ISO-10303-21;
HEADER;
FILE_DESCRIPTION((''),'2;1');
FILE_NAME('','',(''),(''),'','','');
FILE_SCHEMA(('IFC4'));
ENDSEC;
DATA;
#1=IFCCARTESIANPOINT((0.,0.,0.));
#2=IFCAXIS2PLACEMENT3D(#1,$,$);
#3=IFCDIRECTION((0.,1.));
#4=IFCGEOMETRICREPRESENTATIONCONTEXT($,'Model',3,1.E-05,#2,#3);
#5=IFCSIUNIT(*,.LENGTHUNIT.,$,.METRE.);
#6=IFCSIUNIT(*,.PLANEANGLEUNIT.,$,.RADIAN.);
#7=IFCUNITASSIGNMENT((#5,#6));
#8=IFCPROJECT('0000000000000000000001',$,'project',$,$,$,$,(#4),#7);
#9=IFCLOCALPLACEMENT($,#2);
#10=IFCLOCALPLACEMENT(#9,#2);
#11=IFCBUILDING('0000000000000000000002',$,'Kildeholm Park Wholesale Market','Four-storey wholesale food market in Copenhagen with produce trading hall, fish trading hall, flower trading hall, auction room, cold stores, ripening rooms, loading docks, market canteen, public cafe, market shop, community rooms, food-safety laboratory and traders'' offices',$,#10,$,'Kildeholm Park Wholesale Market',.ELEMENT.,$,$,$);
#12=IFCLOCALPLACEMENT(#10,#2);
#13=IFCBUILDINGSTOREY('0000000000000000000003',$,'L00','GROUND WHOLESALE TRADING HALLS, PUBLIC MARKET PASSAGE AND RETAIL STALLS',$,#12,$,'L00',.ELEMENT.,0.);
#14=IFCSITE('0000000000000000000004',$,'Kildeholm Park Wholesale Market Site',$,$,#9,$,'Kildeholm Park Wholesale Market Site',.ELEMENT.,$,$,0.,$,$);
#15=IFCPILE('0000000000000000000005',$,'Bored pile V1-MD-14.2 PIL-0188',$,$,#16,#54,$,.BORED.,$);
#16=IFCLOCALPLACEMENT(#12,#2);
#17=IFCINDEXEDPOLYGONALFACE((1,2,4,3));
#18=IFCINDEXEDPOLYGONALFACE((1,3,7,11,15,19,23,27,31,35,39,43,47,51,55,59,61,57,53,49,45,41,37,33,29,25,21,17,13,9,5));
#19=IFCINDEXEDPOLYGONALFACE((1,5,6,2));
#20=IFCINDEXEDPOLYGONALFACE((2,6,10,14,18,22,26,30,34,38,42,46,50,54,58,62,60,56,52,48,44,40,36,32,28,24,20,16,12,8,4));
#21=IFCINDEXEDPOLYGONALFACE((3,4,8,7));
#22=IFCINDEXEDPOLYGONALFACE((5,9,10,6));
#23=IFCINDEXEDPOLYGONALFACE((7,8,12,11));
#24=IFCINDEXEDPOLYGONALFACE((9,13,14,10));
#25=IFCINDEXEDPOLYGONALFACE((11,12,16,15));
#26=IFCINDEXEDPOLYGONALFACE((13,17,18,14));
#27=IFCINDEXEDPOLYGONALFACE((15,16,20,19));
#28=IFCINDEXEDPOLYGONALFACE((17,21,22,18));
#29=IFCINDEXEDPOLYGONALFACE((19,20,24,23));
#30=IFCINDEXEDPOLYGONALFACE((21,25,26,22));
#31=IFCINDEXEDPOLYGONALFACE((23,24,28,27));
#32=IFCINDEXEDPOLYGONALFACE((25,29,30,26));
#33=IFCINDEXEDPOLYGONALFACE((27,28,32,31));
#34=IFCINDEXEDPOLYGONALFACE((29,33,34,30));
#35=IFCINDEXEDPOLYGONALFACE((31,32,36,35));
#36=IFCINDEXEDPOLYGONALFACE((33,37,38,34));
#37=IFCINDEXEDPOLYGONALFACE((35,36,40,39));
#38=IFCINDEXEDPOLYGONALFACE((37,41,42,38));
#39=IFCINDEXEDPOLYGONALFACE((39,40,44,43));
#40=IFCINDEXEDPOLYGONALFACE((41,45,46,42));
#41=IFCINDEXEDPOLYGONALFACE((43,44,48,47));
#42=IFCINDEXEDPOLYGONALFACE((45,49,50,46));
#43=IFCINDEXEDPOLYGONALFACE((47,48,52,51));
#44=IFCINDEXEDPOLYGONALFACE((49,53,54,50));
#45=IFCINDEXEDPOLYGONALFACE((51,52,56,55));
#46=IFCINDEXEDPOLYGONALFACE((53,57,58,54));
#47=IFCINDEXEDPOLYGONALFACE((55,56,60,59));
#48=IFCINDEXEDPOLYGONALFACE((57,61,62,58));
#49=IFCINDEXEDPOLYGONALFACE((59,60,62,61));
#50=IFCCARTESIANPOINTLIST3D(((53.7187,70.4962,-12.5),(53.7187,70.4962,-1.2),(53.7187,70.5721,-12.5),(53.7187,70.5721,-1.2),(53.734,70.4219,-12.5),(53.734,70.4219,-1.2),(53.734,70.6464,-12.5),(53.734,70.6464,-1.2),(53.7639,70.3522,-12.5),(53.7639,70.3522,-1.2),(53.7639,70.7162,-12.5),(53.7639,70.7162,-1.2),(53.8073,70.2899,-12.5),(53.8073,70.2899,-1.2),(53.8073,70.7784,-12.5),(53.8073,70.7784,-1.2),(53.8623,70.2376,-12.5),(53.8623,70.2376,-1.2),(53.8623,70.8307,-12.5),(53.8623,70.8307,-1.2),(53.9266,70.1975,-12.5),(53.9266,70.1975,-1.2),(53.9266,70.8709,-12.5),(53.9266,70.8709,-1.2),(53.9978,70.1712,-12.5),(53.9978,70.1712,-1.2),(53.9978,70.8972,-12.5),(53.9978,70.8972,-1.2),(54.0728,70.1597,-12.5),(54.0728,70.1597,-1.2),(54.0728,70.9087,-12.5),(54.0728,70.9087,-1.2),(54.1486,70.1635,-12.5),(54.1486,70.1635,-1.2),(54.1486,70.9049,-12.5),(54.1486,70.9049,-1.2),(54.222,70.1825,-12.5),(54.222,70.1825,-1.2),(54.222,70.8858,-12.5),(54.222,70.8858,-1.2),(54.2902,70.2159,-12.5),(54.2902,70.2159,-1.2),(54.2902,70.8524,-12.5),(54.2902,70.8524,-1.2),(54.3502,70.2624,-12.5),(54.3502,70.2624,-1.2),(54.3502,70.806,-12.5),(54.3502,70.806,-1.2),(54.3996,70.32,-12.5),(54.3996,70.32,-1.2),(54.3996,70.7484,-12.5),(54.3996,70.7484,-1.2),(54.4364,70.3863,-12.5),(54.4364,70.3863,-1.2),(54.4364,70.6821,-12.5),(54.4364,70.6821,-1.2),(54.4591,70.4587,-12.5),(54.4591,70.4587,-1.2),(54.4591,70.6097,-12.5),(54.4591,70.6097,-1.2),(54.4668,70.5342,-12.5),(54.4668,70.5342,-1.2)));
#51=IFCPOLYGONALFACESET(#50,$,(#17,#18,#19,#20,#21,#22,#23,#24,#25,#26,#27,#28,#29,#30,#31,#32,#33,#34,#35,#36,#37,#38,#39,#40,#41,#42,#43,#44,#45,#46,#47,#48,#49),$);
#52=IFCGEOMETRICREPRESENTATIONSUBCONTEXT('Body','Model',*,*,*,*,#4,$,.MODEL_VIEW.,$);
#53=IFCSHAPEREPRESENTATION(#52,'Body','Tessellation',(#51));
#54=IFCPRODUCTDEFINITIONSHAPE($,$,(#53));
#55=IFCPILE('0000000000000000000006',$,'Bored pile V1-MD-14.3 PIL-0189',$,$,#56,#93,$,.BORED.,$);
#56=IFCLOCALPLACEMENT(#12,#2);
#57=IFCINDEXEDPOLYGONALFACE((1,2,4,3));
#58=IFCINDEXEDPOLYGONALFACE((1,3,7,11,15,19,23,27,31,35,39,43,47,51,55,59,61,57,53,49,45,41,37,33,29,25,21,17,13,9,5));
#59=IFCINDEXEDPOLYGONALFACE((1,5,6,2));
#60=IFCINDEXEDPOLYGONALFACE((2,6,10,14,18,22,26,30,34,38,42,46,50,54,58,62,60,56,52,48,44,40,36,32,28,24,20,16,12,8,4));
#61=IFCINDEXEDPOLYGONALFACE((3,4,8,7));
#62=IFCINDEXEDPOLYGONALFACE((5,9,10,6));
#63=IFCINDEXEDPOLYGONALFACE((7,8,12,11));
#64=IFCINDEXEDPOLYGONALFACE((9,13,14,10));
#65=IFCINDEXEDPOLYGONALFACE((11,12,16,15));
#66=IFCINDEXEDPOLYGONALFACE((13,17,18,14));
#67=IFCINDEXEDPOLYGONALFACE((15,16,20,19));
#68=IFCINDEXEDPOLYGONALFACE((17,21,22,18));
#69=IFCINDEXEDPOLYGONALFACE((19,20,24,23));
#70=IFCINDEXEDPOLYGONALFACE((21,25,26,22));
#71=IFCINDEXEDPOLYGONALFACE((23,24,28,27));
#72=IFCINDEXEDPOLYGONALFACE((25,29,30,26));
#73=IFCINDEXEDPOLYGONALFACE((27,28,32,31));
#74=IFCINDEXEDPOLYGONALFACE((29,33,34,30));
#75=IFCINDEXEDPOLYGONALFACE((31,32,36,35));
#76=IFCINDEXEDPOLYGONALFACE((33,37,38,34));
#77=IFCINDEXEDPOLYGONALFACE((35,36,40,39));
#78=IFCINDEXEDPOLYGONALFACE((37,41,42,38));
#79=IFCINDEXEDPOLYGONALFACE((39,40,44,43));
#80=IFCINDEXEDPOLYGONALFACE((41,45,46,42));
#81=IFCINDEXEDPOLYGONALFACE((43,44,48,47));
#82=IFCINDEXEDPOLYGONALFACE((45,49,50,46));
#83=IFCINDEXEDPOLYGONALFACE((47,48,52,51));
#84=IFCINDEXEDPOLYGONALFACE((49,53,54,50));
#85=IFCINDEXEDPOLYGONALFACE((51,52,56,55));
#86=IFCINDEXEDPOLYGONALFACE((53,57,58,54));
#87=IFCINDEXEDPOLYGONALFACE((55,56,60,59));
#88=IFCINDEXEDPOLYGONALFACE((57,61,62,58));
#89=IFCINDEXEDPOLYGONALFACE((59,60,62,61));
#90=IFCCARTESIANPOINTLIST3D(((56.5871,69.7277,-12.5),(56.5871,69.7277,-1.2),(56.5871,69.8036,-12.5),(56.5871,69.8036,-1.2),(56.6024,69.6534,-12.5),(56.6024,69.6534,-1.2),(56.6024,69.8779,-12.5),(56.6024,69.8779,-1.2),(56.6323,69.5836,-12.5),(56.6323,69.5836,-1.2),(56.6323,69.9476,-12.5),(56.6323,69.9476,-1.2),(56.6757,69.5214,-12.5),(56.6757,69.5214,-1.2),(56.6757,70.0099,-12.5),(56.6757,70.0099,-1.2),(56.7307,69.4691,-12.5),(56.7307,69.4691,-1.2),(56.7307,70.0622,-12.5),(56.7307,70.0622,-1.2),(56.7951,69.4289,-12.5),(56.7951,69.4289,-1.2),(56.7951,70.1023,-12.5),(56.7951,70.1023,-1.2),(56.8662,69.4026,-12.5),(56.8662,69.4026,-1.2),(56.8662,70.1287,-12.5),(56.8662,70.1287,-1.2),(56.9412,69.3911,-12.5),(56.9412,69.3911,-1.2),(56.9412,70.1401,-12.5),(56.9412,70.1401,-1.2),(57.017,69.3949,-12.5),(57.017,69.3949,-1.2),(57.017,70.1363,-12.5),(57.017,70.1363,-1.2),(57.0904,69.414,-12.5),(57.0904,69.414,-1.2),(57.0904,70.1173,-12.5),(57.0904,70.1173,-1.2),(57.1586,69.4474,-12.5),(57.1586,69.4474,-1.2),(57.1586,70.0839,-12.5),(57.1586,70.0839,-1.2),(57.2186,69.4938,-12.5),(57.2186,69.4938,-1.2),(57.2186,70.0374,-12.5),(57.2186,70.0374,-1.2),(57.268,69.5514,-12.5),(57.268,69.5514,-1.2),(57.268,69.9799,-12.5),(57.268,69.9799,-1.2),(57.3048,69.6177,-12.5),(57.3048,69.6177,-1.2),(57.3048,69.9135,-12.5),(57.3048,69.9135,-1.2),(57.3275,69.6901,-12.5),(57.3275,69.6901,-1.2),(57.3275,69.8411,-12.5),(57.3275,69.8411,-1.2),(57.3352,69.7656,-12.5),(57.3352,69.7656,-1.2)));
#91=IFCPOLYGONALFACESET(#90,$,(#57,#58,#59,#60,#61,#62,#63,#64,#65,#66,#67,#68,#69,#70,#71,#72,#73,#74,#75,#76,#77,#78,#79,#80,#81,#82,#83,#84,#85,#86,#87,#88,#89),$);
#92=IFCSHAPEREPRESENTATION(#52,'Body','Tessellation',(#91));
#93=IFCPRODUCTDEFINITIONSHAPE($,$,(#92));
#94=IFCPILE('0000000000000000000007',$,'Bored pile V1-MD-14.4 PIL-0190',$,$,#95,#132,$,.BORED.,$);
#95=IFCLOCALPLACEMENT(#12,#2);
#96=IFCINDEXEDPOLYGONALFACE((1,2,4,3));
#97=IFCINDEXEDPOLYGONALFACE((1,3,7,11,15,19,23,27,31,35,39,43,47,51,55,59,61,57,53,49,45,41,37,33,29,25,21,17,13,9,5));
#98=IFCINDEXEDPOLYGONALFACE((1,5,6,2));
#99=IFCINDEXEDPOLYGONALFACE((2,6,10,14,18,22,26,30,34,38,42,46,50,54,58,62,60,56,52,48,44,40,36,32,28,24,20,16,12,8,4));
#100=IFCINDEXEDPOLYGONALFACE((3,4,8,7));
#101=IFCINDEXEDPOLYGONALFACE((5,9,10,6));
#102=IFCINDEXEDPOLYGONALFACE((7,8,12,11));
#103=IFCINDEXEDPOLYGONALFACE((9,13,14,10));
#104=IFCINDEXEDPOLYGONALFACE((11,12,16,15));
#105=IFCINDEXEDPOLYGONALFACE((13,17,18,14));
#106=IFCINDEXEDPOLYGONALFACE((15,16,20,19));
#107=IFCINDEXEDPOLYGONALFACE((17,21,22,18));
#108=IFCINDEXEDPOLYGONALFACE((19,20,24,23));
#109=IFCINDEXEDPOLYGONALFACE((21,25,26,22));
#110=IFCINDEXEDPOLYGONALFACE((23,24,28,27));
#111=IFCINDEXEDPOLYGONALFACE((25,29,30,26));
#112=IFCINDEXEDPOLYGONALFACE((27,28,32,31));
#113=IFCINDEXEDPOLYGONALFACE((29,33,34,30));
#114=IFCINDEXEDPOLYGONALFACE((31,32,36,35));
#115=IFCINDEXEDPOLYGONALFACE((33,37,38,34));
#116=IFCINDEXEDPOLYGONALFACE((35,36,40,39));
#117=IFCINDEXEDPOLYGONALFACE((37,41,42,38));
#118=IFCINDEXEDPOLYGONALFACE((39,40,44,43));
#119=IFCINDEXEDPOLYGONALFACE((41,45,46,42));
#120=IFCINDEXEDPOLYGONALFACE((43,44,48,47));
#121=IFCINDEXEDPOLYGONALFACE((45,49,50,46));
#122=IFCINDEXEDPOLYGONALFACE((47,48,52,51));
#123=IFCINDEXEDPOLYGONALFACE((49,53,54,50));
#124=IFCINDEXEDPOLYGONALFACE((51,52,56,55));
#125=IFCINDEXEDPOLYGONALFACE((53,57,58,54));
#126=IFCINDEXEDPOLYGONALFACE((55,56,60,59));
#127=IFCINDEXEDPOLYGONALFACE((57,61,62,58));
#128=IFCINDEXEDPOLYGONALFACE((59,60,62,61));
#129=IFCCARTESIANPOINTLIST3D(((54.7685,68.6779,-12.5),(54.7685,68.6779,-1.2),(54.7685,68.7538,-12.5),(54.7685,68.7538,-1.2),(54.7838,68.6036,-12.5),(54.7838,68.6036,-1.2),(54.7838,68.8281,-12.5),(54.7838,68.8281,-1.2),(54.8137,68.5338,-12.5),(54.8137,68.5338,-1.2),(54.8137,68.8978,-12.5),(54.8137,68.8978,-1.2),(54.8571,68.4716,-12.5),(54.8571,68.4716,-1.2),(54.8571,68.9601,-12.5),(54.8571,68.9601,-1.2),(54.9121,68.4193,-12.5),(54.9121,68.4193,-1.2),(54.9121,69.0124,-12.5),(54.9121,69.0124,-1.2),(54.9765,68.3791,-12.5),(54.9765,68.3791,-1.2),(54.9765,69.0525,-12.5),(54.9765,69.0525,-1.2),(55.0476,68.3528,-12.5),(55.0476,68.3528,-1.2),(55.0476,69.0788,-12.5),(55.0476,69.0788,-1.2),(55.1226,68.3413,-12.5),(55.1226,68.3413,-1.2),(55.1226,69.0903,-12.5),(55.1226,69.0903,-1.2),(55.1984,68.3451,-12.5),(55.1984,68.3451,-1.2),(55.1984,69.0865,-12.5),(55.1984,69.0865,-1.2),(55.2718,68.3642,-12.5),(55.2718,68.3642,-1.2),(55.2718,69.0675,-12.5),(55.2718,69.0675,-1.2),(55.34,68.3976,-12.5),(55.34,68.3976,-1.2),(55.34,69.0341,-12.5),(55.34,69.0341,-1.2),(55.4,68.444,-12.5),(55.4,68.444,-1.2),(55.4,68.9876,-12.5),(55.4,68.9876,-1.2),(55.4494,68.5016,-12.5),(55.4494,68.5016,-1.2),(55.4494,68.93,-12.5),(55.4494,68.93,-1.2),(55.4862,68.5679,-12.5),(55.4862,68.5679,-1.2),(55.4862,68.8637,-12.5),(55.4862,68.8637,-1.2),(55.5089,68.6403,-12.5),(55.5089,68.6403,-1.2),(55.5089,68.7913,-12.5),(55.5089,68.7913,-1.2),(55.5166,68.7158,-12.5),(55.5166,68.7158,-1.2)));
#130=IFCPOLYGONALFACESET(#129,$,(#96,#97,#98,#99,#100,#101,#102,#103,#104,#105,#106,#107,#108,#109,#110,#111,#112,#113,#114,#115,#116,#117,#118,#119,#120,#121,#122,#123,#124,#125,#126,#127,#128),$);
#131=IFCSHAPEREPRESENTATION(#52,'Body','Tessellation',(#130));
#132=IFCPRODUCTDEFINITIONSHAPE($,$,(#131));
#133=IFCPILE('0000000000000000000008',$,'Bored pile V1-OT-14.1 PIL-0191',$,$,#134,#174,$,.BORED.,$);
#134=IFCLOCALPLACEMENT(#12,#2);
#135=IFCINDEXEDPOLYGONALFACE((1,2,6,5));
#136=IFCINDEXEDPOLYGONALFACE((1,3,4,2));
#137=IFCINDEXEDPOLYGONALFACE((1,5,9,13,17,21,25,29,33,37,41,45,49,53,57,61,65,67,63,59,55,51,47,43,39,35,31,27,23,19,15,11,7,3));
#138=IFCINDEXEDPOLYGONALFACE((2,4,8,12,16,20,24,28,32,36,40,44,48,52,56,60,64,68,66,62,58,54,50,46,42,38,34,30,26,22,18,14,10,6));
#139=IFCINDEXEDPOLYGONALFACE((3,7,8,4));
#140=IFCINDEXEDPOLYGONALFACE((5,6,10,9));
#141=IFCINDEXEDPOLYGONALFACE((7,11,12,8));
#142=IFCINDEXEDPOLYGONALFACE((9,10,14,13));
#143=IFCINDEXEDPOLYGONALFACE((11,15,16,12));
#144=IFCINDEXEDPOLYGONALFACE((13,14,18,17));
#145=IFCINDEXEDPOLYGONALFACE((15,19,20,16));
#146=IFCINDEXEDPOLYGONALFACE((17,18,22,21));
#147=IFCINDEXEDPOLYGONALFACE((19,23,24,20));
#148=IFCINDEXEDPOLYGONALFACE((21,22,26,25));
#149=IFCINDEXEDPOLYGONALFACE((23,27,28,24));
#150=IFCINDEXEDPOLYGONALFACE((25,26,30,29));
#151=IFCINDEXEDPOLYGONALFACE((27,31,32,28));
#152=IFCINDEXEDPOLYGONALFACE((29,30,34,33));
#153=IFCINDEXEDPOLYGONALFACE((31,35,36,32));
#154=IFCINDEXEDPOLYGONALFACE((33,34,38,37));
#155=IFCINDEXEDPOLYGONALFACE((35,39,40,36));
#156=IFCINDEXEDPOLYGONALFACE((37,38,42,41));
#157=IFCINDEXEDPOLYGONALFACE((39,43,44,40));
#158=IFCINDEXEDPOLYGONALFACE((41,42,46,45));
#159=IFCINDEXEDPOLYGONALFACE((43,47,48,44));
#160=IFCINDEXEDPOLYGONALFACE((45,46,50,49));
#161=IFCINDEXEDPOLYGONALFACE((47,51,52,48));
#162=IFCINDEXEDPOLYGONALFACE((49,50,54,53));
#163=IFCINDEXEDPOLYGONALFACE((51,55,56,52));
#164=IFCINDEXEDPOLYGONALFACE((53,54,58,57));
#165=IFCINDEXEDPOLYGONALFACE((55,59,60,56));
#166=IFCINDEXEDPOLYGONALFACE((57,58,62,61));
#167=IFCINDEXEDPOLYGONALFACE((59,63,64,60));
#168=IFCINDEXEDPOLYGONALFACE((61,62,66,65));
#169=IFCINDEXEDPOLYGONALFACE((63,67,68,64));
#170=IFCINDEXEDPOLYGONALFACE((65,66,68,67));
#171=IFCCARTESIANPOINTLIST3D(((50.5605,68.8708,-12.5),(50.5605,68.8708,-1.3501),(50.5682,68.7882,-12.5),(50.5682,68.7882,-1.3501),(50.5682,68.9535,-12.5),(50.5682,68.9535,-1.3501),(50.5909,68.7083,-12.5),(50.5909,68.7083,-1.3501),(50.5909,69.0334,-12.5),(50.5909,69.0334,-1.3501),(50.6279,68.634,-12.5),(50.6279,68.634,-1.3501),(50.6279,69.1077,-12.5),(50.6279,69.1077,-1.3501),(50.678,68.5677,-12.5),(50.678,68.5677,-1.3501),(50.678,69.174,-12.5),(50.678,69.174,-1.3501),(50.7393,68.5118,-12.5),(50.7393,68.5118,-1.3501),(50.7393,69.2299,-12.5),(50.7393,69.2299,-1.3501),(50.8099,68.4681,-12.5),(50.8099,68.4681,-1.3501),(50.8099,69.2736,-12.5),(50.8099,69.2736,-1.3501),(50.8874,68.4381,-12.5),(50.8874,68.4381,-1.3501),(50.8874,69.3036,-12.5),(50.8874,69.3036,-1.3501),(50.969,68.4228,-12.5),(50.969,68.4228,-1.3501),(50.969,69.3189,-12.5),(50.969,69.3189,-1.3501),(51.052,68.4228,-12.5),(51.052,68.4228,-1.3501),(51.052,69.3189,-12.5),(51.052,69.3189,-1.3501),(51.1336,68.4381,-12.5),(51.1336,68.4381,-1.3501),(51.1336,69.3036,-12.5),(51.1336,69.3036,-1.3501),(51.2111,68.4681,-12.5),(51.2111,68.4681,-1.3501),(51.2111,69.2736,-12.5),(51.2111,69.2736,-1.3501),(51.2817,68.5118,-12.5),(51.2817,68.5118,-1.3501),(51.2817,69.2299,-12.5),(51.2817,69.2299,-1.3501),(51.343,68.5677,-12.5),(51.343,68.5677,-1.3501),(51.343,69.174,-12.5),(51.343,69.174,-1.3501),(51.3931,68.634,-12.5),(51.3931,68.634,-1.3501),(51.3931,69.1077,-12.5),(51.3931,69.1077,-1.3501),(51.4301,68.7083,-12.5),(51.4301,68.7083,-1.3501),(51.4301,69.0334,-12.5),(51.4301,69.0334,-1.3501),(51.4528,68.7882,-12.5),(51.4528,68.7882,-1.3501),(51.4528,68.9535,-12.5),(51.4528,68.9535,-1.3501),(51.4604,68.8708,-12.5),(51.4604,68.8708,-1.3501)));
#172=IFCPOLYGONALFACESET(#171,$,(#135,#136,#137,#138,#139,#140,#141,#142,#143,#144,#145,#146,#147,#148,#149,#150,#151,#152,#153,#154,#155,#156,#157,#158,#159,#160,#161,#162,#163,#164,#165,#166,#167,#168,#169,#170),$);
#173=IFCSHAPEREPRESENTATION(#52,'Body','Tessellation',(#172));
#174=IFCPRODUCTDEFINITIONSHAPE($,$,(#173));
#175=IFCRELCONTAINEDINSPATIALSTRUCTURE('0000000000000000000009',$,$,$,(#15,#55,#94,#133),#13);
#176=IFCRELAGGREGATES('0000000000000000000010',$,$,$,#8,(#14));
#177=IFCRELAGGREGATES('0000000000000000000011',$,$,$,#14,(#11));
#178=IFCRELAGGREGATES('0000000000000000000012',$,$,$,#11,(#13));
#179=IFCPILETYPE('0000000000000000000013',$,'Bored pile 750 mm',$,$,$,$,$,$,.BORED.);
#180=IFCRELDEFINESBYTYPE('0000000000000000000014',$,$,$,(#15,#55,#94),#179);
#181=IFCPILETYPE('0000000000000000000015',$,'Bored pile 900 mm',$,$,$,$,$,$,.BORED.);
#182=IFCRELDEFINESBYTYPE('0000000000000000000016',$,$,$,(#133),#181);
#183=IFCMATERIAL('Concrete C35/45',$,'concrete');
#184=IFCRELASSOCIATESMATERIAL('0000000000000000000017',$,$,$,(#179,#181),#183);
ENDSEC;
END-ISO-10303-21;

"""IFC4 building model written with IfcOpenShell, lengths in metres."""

from ifc_helpers import new_model, si_unit, direction, frame, origin, origin_2d, place, context, subcontext, project, spatial, circle, extrude, material, material_profile, profile_set, type_object, element, save


model = new_model("IFC4")

# Units and contexts
model_context = context("Model", 3, precision=1e-05, world=origin(), true_north=direction((0.0, 1.0)))
body_context = subcontext(model_context, "Body", "Model", "MODEL_VIEW")
ifc_project = project(units=[si_unit("LENGTHUNIT", "METRE"), si_unit("PLANEANGLEUNIT", "RADIAN")], contexts=[model_context])

# Site, building, storey
site_placement = place(None, origin())
site = spatial("IfcSite", under=ifc_project, at=site_placement, Name="Kildeholm Park Wholesale Market Site", LongName="Kildeholm Park Wholesale Market Site", CompositionType="ELEMENT", RefElevation=0.0)
building_placement = place(site_placement, origin())
building = spatial("IfcBuilding", under=site, at=building_placement, Name="Kildeholm Park Wholesale Market", Description="Four-storey wholesale food market in Copenhagen with produce trading hall, fish trading hall, flower trading hall, auction room, cold stores, ripening rooms, loading docks, market canteen, public cafe, market shop, community rooms, food-safety laboratory and traders' offices", LongName="Kildeholm Park Wholesale Market", CompositionType="ELEMENT")
storey_placement = place(building_placement, origin())
storey = spatial("IfcBuildingStorey", under=building, at=storey_placement, Name="L00", Description="GROUND WHOLESALE TRADING HALLS, PUBLIC MARKET PASSAGE AND RETAIL STALLS", LongName="L00", CompositionType="ELEMENT", Elevation=0.0)

# Piles
ifc_material_1 = material(Name="Concrete C35/45", Category="concrete")
ifc_material_profile_1 = material_profile(ifc_material_1, circle(Radius=0.375, at=origin_2d()), Name="PILE D750")
ifc_profile_set_1 = profile_set([ifc_material_profile_1], Name="Concrete C35/45")
pile_type_1 = type_object("IfcPileType", Name="Bored pile 750 mm", PredefinedType="BORED", material=ifc_profile_set_1)
for number, where, z_axis, x_axis, name in (
    (1, (54.0918, 70.5342, -1.2), (0.0, 0.0, -1.0), (1.0, 0.0, 0.0), "Bored pile V1-MD-14.2 PIL-0188"),
    (2, (56.9602, 69.7656, -1.2), (0.0, 0.0, -1.0), (1.0, 0.0, 0.0), "Bored pile V1-MD-14.3 PIL-0189"),
    (3, (55.1416, 68.7158, -1.2), (0.0, 0.0, -1.0), (1.0, 0.0, 0.0), "Bored pile V1-MD-14.4 PIL-0190"),
):
    element("IfcPile", number, at=place(storey_placement, frame(where, z_axis=z_axis, x_axis=x_axis)), inside=storey, type_object=pile_type_1, Name=name, PredefinedType="BORED", context=body_context, shape_type="SweptSolid", body=[
        extrude(circle(Radius=0.375, at=origin_2d()), origin(), (0.0, 0.0, 1.0), 11.3),
    ])
ifc_material_profile_2 = material_profile(ifc_material_1, circle(Radius=0.45, at=origin_2d()), Name="PILE D900")
ifc_profile_set_2 = profile_set([ifc_material_profile_2], Name="Concrete C35/45")
pile_type_2 = type_object("IfcPileType", Name="Bored pile 900 mm", PredefinedType="BORED", material=ifc_profile_set_2)
for number, where, z_axis, x_axis, name in (
    (4, (51.0105, 68.8708, -1.3501), (0.0, 0.0, -1.0), (1.0, 0.0, 0.0), "Bored pile V1-OT-14.1 PIL-0191"),
):
    element("IfcPile", number, at=place(storey_placement, frame(where, z_axis=z_axis, x_axis=x_axis)), inside=storey, type_object=pile_type_2, Name=name, PredefinedType="BORED", context=body_context, shape_type="SweptSolid", body=[
        extrude(circle(Radius=0.45, at=origin_2d()), origin(), (0.0, 0.0, 1.0), 11.1499),
    ])

save(model, "model.ifc")
